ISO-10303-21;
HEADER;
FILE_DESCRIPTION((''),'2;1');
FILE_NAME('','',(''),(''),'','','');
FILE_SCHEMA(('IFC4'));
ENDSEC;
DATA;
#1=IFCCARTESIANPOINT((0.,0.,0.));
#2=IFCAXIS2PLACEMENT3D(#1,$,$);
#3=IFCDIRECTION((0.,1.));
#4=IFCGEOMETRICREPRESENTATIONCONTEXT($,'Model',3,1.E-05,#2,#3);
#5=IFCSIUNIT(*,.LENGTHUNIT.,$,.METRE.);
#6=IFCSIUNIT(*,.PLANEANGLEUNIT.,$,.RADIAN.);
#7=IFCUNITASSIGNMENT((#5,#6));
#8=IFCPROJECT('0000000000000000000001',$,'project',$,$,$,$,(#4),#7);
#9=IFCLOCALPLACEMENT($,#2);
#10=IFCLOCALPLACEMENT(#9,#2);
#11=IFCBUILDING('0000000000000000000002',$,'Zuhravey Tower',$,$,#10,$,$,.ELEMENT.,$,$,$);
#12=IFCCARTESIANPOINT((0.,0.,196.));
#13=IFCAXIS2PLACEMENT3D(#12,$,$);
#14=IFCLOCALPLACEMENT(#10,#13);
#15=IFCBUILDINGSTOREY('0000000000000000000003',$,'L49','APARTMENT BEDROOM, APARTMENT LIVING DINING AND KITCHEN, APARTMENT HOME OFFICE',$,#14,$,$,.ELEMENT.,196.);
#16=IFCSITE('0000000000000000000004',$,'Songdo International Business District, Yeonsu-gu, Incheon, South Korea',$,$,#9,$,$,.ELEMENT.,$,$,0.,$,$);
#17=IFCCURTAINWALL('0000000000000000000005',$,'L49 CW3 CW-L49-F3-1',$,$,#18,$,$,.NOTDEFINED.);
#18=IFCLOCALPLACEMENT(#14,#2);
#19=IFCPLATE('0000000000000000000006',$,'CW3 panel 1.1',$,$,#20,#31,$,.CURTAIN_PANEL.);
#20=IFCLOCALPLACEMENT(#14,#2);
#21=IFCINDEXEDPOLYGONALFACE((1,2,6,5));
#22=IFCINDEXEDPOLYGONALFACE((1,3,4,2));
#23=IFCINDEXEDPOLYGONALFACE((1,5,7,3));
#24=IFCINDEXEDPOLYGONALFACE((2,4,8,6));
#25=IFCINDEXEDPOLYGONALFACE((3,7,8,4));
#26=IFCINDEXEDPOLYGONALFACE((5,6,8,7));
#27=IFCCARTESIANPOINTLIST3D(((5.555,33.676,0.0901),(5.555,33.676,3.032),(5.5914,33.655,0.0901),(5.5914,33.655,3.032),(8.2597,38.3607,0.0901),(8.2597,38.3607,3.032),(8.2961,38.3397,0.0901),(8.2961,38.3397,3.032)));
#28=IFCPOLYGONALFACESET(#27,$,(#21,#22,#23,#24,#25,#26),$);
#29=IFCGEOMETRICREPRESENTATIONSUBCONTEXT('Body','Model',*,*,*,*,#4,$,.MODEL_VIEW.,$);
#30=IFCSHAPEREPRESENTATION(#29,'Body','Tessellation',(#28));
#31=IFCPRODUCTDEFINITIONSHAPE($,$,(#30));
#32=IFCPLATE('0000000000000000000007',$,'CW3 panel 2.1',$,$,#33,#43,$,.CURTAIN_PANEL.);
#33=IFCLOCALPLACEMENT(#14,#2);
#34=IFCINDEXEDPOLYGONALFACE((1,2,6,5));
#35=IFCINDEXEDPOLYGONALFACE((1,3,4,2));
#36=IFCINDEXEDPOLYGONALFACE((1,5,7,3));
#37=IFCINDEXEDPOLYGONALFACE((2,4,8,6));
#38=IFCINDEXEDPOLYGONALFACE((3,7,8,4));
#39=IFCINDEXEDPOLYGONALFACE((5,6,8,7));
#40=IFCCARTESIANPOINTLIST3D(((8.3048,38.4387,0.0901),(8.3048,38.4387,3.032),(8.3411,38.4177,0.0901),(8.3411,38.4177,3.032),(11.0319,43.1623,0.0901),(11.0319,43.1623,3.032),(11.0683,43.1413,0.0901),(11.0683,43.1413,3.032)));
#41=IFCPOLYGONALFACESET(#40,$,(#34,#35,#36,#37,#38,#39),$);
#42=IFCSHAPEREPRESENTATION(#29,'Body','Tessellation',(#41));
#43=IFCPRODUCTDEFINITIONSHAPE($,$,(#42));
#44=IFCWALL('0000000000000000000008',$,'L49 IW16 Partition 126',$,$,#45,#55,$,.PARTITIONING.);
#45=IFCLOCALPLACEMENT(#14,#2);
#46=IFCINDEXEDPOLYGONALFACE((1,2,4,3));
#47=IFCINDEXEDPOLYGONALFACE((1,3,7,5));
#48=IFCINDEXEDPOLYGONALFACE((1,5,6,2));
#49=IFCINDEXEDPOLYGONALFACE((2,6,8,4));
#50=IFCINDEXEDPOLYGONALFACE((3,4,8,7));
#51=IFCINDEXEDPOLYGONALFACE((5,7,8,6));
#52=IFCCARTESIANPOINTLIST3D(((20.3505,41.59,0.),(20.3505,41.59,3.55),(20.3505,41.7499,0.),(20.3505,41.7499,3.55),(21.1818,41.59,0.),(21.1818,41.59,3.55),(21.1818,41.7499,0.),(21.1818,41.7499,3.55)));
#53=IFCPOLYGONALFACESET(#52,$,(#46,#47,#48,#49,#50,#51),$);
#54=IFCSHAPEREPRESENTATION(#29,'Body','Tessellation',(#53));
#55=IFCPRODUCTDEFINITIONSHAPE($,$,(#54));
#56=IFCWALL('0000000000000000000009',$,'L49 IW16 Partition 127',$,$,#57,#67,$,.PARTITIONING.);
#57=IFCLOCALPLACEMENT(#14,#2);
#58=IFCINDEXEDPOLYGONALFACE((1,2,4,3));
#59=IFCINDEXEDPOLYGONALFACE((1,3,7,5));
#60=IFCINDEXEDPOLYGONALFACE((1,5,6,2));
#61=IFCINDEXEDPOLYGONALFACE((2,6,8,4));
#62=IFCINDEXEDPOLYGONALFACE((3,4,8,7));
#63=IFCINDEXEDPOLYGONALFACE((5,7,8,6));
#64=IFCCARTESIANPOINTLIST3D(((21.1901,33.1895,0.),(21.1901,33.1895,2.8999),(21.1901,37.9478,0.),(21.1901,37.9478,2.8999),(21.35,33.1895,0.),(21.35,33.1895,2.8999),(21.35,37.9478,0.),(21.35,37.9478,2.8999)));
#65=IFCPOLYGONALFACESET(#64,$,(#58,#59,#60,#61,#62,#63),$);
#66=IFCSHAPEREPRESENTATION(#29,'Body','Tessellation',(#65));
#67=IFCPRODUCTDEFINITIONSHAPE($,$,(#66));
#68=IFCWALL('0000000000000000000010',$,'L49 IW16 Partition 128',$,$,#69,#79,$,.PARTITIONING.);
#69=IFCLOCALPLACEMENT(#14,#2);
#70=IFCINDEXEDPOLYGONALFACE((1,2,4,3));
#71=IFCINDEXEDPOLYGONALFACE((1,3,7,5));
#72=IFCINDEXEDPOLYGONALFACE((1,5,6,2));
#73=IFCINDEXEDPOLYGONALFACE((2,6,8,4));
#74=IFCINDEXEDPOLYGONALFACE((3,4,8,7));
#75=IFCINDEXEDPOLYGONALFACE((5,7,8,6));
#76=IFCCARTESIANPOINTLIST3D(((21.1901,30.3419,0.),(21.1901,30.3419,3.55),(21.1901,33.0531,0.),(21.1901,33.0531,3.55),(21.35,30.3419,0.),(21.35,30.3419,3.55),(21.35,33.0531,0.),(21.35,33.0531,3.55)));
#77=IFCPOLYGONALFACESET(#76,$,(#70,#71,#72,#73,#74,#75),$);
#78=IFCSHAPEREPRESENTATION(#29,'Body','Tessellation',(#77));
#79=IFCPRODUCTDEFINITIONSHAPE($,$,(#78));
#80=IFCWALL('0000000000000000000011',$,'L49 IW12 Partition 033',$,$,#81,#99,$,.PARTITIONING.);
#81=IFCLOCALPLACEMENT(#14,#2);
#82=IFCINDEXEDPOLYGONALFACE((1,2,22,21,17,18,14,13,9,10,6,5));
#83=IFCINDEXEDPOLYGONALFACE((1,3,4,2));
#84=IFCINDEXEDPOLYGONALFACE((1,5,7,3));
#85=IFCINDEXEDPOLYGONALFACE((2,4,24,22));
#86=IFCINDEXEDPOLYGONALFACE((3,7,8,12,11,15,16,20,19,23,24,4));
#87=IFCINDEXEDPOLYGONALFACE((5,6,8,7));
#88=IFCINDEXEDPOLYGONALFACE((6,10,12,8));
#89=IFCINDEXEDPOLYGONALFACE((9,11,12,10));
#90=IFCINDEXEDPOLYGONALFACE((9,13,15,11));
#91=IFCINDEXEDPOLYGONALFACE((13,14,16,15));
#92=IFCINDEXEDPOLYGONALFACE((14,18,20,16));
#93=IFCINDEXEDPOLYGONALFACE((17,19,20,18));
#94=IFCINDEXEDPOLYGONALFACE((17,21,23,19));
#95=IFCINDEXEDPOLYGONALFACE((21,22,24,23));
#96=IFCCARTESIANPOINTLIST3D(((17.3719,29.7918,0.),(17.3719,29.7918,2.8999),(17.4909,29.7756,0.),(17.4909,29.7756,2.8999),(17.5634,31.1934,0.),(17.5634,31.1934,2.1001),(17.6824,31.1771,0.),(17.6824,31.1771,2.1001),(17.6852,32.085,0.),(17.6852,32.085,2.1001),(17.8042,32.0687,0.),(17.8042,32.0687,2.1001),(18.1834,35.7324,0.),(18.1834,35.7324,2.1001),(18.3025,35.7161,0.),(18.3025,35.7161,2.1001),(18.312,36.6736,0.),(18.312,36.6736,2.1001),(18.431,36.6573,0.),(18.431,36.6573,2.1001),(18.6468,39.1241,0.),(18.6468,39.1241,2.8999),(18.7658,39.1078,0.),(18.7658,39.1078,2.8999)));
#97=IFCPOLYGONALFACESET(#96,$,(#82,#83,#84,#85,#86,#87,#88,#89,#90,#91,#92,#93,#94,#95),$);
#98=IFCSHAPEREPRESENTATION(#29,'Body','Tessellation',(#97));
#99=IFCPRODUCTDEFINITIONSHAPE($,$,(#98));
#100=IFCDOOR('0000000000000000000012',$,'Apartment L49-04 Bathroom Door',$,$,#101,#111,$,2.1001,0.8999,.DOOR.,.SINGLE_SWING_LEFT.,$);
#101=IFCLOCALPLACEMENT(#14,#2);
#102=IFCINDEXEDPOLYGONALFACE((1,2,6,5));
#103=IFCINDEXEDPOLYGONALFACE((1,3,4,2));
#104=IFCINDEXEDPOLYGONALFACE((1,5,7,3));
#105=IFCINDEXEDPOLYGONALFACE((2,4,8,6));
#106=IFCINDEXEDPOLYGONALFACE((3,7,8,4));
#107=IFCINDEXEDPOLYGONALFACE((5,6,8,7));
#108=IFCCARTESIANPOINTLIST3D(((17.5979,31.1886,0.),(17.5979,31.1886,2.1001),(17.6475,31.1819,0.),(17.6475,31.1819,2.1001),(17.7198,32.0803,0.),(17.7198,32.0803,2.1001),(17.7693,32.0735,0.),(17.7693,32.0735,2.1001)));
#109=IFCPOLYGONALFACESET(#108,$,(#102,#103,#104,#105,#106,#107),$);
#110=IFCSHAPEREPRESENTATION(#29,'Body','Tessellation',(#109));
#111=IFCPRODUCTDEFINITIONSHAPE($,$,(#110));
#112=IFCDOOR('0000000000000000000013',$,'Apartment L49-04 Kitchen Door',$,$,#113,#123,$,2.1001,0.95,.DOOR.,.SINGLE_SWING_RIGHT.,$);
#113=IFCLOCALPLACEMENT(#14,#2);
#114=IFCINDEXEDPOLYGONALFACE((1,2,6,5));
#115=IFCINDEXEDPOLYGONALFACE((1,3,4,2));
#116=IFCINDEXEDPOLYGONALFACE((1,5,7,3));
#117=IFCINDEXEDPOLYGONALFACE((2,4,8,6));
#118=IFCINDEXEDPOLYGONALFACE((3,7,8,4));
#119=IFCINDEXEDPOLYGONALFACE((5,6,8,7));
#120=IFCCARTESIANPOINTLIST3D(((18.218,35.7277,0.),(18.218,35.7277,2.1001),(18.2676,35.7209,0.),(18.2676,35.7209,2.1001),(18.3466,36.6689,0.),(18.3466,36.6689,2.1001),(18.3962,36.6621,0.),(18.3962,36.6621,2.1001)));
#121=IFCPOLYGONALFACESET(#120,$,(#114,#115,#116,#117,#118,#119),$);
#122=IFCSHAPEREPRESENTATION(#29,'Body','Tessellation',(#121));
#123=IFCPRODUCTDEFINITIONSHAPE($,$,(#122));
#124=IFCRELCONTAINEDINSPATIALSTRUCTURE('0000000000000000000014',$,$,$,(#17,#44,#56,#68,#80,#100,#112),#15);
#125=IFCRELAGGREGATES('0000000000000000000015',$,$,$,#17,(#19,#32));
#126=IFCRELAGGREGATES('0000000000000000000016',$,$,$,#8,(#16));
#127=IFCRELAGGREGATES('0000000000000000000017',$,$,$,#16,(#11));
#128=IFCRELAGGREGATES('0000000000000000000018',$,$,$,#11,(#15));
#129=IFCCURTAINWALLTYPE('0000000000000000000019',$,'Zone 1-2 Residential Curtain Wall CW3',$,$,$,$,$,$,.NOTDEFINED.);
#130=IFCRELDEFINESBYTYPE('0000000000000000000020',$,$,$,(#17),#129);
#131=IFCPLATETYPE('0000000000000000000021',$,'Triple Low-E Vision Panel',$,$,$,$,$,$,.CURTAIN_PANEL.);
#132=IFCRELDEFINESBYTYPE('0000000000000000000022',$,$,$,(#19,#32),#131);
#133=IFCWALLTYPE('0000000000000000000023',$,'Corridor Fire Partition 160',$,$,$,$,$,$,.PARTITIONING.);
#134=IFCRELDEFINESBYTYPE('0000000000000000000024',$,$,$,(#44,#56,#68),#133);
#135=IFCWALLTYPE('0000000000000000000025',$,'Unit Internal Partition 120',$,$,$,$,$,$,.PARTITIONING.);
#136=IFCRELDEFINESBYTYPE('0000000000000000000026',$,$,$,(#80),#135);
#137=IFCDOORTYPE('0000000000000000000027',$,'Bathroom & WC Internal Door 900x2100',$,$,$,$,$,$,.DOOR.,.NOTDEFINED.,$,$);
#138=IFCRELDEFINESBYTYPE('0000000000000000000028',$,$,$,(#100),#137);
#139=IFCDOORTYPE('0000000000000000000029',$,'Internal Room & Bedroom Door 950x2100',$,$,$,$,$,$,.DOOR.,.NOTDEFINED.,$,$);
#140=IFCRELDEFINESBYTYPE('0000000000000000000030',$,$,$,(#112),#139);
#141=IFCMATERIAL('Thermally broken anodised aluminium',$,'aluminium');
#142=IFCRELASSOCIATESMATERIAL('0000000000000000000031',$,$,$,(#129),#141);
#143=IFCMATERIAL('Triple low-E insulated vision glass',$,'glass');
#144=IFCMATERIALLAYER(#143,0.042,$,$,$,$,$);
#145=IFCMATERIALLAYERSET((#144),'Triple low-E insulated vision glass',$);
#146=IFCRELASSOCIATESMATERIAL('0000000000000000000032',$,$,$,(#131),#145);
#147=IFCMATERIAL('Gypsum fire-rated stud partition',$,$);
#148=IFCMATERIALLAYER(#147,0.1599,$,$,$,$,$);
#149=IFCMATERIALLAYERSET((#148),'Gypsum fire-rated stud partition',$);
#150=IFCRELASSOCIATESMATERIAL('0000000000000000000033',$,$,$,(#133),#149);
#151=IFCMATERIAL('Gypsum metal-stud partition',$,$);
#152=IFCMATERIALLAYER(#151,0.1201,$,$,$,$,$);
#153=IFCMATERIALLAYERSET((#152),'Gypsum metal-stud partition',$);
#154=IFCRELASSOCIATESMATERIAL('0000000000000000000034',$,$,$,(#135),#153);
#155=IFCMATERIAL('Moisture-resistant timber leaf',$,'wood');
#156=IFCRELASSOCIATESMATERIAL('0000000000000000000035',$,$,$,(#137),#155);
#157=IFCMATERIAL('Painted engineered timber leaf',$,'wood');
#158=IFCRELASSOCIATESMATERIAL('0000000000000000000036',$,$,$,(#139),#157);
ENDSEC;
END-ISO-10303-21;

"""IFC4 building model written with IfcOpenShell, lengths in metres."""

from ifc_helpers import new_model, si_unit, direction, frame, frame_2d, origin, origin_2d, place, context, subcontext, project, spatial, rectangle, extrude, material, layer, layer_set, type_object, element, fill, aggregate, save


model = new_model("IFC4")

# Units and contexts
model_context = context("Model", 3, precision=1e-05, world=origin(), true_north=direction((0.0, 1.0)))
body_context = subcontext(model_context, "Body", "Model", "MODEL_VIEW")
ifc_project = project(units=[si_unit("LENGTHUNIT", "METRE"), si_unit("PLANEANGLEUNIT", "RADIAN")], contexts=[model_context])

# Site, building, storey
site_placement = place(None, origin())
site = spatial("IfcSite", under=ifc_project, at=site_placement, Name="Songdo International Business District, Yeonsu-gu, Incheon, South Korea", CompositionType="ELEMENT", RefElevation=0.0)
building_placement = place(site_placement, origin())
building = spatial("IfcBuilding", under=site, at=building_placement, Name="Zuhravey Tower", CompositionType="ELEMENT")
storey_placement = place(building_placement, frame((0.0, 0.0, 196.0)))
storey = spatial("IfcBuildingStorey", under=building, at=storey_placement, Name="L49", Description="APARTMENT BEDROOM, APARTMENT LIVING DINING AND KITCHEN, APARTMENT HOME OFFICE", CompositionType="ELEMENT", Elevation=196.0)

# Curtain wall
ifc_material_1 = material(Name="Thermally broken anodised aluminium", Category="aluminium")
curtain_wall_type = type_object("IfcCurtainWallType", Name="Zone 1-2 Residential Curtain Wall CW3", PredefinedType="NOTDEFINED", material=ifc_material_1)
curtain_wall_placement = place(storey_placement, origin())
curtain_wall = element("IfcCurtainWall", 1, at=curtain_wall_placement, inside=storey, type_object=curtain_wall_type, Name="L49 CW3 CW-L49-F3-1", PredefinedType="NOTDEFINED")

# Plates
ifc_material_2 = material(Name="Triple low-E insulated vision glass", Category="glass")
ifc_layer_1 = layer(ifc_material_2, 0.042)
ifc_layer_set_1 = layer_set([ifc_layer_1], Name="Triple low-E insulated vision glass")
plate_type = type_object("IfcPlateType", Name="Triple Low-E Vision Panel", PredefinedType="CURTAIN_PANEL", material=ifc_layer_set_1)
plate_1_placement = place(storey_placement, frame((6.9255, 36.0078, 0.0901), z_axis=(0.0, 0.0, 1.0), x_axis=(0.5, 0.866025, 0.0)))
plate_1 = element("IfcPlate", 2, at=plate_1_placement, type_object=plate_type, Name="CW3 panel 1.1", PredefinedType="CURTAIN_PANEL", context=body_context, shape_type="SweptSolid", body=[
    extrude(rectangle(XDim=5.4094, YDim=0.042, at=origin_2d()), origin(), (0.0, 0.0, 1.0), 2.9419),
])
plate_2_placement = place(storey_placement, frame((9.6865, 40.79, 0.0901), z_axis=(0.0, 0.0, 1.0), x_axis=(0.5, 0.866025, 0.0)))
plate_2 = element("IfcPlate", 3, at=plate_2_placement, type_object=plate_type, Name="CW3 panel 2.1", PredefinedType="CURTAIN_PANEL", context=body_context, shape_type="SweptSolid", body=[
    extrude(rectangle(XDim=5.4543, YDim=0.042, at=origin_2d()), origin(), (0.0, 0.0, 1.0), 2.9419),
])
aggregate(curtain_wall, [plate_1, plate_2])

# Walls
ifc_material_3 = material(Name="Gypsum fire-rated stud partition")
ifc_layer_2 = layer(ifc_material_3, 0.1599)
ifc_layer_set_2 = layer_set([ifc_layer_2], Name="Gypsum fire-rated stud partition")
wall_type_1 = type_object("IfcWallType", Name="Corridor Fire Partition 160", PredefinedType="PARTITIONING", material=ifc_layer_set_2)
wall_1_placement = place(storey_placement, frame((20.3506, 41.6699, 0.0), z_axis=(0.0, 0.0, 1.0), x_axis=(1.0, 0.0, 0.0)))
element("IfcWall", 4, at=wall_1_placement, inside=storey, type_object=wall_type_1, Name="L49 IW16 Partition 126", PredefinedType="PARTITIONING", context=body_context, shape_type="SweptSolid", body=[
    extrude(rectangle(XDim=0.8313, YDim=0.1599, at=frame_2d((0.4155, 0.0))), origin(), (0.0, 0.0, 1.0), 3.55),
])
wall_2_placement = place(storey_placement, frame((21.27, 37.9478, 0.0), z_axis=(0.0, 0.0, 1.0), x_axis=(0.0, -1.0, 0.0)))
element("IfcWall", 5, at=wall_2_placement, inside=storey, type_object=wall_type_1, Name="L49 IW16 Partition 127", PredefinedType="PARTITIONING", context=body_context, shape_type="SweptSolid", body=[
    extrude(rectangle(XDim=4.7583, YDim=0.1599, at=frame_2d((2.3792, 0.0))), origin(), (0.0, 0.0, 1.0), 2.8999),
])
wall_3_placement = place(storey_placement, frame((21.27, 33.053, 0.0), z_axis=(0.0, 0.0, 1.0), x_axis=(0.0, -1.0, 0.0)))
element("IfcWall", 6, at=wall_3_placement, inside=storey, type_object=wall_type_1, Name="L49 IW16 Partition 128", PredefinedType="PARTITIONING", context=body_context, shape_type="SweptSolid", body=[
    extrude(rectangle(XDim=2.7112, YDim=0.1599, at=frame_2d((1.3555, 0.0))), origin(), (0.0, 0.0, 1.0), 3.55),
])

# Wall, openings, doors
ifc_material_4 = material(Name="Gypsum metal-stud partition")
ifc_layer_3 = layer(ifc_material_4, 0.1201)
ifc_layer_set_3 = layer_set([ifc_layer_3], Name="Gypsum metal-stud partition")
wall_type_2 = type_object("IfcWallType", Name="Unit Internal Partition 120", PredefinedType="PARTITIONING", material=ifc_layer_set_3)
wall_4_placement = place(storey_placement, frame((18.7063, 39.116, 0.0), z_axis=(0.0, 0.0, 1.0), x_axis=(-0.135355, -0.990797, 0.0)))
wall_4 = element("IfcWall", 7, at=wall_4_placement, inside=storey, type_object=wall_type_2, Name="L49 IW12 Partition 033", PredefinedType="PARTITIONING", context=body_context, shape_type="SweptSolid", body=[
    extrude(rectangle(XDim=9.4189, YDim=0.1201, at=frame_2d((4.7095, 0.0))), origin(), (0.0, 0.0, 1.0), 2.8999),
])
opening_1_placement = place(wall_4_placement, frame((2.4731, 0.0, 0.0)))
opening_1 = element("IfcOpeningElement", 8, at=opening_1_placement, cuts=wall_4, PredefinedType="OPENING", context=body_context, shape_type="SweptSolid", body=[
    extrude(rectangle(XDim=0.95, YDim=2.1001, at=frame_2d((0.4751, 1.05))), frame((0.0, 0.072, 0.0), z_axis=(0.0, -1.0, 0.0), x_axis=(1.0, 0.0, 0.0)), (0.0, 0.0, 1.0), 0.144),
])
opening_2_placement = place(wall_4_placement, frame((7.1045, 0.0, 0.0)))
opening_2 = element("IfcOpeningElement", 9, at=opening_2_placement, cuts=wall_4, PredefinedType="OPENING", context=body_context, shape_type="SweptSolid", body=[
    extrude(rectangle(XDim=0.8999, YDim=2.1001, at=frame_2d((0.45, 1.05))), frame((0.0, 0.072, 0.0), z_axis=(0.0, -1.0, 0.0), x_axis=(1.0, 0.0, 0.0)), (0.0, 0.0, 1.0), 0.144),
])
ifc_material_5 = material(Name="Moisture-resistant timber leaf", Category="wood")
door_type_1 = type_object("IfcDoorType", Name="Bathroom & WC Internal Door 900x2100", OperationType="NOTDEFINED", PredefinedType="DOOR", material=ifc_material_5)
door_1_placement = place(opening_2_placement, origin())
door_1 = element("IfcDoor", 10, at=door_1_placement, inside=storey, type_object=door_type_1, Name="Apartment L49-04 Bathroom Door", OperationType="SINGLE_SWING_LEFT", OverallHeight=2.1001, OverallWidth=0.8999, PredefinedType="DOOR", context=body_context, shape_type="SweptSolid", body=[
    extrude(rectangle(XDim=0.8999, YDim=2.1001, at=frame_2d((0.45, 1.05))), frame((0.0, 0.0249, 0.0), z_axis=(0.0, -1.0, 0.0), x_axis=(1.0, 0.0, 0.0)), (0.0, 0.0, 1.0), 0.05),
])
fill(opening_2, door_1)
ifc_material_6 = material(Name="Painted engineered timber leaf", Category="wood")
door_type_2 = type_object("IfcDoorType", Name="Internal Room & Bedroom Door 950x2100", OperationType="NOTDEFINED", PredefinedType="DOOR", material=ifc_material_6)
door_2_placement = place(opening_1_placement, origin())
door_2 = element("IfcDoor", 11, at=door_2_placement, inside=storey, type_object=door_type_2, Name="Apartment L49-04 Kitchen Door", OperationType="SINGLE_SWING_RIGHT", OverallHeight=2.1001, OverallWidth=0.95, PredefinedType="DOOR", context=body_context, shape_type="SweptSolid", body=[
    extrude(rectangle(XDim=0.95, YDim=2.1001, at=frame_2d((0.4751, 1.05))), frame((0.0, 0.0249, 0.0), z_axis=(0.0, -1.0, 0.0), x_axis=(1.0, 0.0, 0.0)), (0.0, 0.0, 1.0), 0.05),
])
fill(opening_1, door_2)

save(model, "model.ifc")
